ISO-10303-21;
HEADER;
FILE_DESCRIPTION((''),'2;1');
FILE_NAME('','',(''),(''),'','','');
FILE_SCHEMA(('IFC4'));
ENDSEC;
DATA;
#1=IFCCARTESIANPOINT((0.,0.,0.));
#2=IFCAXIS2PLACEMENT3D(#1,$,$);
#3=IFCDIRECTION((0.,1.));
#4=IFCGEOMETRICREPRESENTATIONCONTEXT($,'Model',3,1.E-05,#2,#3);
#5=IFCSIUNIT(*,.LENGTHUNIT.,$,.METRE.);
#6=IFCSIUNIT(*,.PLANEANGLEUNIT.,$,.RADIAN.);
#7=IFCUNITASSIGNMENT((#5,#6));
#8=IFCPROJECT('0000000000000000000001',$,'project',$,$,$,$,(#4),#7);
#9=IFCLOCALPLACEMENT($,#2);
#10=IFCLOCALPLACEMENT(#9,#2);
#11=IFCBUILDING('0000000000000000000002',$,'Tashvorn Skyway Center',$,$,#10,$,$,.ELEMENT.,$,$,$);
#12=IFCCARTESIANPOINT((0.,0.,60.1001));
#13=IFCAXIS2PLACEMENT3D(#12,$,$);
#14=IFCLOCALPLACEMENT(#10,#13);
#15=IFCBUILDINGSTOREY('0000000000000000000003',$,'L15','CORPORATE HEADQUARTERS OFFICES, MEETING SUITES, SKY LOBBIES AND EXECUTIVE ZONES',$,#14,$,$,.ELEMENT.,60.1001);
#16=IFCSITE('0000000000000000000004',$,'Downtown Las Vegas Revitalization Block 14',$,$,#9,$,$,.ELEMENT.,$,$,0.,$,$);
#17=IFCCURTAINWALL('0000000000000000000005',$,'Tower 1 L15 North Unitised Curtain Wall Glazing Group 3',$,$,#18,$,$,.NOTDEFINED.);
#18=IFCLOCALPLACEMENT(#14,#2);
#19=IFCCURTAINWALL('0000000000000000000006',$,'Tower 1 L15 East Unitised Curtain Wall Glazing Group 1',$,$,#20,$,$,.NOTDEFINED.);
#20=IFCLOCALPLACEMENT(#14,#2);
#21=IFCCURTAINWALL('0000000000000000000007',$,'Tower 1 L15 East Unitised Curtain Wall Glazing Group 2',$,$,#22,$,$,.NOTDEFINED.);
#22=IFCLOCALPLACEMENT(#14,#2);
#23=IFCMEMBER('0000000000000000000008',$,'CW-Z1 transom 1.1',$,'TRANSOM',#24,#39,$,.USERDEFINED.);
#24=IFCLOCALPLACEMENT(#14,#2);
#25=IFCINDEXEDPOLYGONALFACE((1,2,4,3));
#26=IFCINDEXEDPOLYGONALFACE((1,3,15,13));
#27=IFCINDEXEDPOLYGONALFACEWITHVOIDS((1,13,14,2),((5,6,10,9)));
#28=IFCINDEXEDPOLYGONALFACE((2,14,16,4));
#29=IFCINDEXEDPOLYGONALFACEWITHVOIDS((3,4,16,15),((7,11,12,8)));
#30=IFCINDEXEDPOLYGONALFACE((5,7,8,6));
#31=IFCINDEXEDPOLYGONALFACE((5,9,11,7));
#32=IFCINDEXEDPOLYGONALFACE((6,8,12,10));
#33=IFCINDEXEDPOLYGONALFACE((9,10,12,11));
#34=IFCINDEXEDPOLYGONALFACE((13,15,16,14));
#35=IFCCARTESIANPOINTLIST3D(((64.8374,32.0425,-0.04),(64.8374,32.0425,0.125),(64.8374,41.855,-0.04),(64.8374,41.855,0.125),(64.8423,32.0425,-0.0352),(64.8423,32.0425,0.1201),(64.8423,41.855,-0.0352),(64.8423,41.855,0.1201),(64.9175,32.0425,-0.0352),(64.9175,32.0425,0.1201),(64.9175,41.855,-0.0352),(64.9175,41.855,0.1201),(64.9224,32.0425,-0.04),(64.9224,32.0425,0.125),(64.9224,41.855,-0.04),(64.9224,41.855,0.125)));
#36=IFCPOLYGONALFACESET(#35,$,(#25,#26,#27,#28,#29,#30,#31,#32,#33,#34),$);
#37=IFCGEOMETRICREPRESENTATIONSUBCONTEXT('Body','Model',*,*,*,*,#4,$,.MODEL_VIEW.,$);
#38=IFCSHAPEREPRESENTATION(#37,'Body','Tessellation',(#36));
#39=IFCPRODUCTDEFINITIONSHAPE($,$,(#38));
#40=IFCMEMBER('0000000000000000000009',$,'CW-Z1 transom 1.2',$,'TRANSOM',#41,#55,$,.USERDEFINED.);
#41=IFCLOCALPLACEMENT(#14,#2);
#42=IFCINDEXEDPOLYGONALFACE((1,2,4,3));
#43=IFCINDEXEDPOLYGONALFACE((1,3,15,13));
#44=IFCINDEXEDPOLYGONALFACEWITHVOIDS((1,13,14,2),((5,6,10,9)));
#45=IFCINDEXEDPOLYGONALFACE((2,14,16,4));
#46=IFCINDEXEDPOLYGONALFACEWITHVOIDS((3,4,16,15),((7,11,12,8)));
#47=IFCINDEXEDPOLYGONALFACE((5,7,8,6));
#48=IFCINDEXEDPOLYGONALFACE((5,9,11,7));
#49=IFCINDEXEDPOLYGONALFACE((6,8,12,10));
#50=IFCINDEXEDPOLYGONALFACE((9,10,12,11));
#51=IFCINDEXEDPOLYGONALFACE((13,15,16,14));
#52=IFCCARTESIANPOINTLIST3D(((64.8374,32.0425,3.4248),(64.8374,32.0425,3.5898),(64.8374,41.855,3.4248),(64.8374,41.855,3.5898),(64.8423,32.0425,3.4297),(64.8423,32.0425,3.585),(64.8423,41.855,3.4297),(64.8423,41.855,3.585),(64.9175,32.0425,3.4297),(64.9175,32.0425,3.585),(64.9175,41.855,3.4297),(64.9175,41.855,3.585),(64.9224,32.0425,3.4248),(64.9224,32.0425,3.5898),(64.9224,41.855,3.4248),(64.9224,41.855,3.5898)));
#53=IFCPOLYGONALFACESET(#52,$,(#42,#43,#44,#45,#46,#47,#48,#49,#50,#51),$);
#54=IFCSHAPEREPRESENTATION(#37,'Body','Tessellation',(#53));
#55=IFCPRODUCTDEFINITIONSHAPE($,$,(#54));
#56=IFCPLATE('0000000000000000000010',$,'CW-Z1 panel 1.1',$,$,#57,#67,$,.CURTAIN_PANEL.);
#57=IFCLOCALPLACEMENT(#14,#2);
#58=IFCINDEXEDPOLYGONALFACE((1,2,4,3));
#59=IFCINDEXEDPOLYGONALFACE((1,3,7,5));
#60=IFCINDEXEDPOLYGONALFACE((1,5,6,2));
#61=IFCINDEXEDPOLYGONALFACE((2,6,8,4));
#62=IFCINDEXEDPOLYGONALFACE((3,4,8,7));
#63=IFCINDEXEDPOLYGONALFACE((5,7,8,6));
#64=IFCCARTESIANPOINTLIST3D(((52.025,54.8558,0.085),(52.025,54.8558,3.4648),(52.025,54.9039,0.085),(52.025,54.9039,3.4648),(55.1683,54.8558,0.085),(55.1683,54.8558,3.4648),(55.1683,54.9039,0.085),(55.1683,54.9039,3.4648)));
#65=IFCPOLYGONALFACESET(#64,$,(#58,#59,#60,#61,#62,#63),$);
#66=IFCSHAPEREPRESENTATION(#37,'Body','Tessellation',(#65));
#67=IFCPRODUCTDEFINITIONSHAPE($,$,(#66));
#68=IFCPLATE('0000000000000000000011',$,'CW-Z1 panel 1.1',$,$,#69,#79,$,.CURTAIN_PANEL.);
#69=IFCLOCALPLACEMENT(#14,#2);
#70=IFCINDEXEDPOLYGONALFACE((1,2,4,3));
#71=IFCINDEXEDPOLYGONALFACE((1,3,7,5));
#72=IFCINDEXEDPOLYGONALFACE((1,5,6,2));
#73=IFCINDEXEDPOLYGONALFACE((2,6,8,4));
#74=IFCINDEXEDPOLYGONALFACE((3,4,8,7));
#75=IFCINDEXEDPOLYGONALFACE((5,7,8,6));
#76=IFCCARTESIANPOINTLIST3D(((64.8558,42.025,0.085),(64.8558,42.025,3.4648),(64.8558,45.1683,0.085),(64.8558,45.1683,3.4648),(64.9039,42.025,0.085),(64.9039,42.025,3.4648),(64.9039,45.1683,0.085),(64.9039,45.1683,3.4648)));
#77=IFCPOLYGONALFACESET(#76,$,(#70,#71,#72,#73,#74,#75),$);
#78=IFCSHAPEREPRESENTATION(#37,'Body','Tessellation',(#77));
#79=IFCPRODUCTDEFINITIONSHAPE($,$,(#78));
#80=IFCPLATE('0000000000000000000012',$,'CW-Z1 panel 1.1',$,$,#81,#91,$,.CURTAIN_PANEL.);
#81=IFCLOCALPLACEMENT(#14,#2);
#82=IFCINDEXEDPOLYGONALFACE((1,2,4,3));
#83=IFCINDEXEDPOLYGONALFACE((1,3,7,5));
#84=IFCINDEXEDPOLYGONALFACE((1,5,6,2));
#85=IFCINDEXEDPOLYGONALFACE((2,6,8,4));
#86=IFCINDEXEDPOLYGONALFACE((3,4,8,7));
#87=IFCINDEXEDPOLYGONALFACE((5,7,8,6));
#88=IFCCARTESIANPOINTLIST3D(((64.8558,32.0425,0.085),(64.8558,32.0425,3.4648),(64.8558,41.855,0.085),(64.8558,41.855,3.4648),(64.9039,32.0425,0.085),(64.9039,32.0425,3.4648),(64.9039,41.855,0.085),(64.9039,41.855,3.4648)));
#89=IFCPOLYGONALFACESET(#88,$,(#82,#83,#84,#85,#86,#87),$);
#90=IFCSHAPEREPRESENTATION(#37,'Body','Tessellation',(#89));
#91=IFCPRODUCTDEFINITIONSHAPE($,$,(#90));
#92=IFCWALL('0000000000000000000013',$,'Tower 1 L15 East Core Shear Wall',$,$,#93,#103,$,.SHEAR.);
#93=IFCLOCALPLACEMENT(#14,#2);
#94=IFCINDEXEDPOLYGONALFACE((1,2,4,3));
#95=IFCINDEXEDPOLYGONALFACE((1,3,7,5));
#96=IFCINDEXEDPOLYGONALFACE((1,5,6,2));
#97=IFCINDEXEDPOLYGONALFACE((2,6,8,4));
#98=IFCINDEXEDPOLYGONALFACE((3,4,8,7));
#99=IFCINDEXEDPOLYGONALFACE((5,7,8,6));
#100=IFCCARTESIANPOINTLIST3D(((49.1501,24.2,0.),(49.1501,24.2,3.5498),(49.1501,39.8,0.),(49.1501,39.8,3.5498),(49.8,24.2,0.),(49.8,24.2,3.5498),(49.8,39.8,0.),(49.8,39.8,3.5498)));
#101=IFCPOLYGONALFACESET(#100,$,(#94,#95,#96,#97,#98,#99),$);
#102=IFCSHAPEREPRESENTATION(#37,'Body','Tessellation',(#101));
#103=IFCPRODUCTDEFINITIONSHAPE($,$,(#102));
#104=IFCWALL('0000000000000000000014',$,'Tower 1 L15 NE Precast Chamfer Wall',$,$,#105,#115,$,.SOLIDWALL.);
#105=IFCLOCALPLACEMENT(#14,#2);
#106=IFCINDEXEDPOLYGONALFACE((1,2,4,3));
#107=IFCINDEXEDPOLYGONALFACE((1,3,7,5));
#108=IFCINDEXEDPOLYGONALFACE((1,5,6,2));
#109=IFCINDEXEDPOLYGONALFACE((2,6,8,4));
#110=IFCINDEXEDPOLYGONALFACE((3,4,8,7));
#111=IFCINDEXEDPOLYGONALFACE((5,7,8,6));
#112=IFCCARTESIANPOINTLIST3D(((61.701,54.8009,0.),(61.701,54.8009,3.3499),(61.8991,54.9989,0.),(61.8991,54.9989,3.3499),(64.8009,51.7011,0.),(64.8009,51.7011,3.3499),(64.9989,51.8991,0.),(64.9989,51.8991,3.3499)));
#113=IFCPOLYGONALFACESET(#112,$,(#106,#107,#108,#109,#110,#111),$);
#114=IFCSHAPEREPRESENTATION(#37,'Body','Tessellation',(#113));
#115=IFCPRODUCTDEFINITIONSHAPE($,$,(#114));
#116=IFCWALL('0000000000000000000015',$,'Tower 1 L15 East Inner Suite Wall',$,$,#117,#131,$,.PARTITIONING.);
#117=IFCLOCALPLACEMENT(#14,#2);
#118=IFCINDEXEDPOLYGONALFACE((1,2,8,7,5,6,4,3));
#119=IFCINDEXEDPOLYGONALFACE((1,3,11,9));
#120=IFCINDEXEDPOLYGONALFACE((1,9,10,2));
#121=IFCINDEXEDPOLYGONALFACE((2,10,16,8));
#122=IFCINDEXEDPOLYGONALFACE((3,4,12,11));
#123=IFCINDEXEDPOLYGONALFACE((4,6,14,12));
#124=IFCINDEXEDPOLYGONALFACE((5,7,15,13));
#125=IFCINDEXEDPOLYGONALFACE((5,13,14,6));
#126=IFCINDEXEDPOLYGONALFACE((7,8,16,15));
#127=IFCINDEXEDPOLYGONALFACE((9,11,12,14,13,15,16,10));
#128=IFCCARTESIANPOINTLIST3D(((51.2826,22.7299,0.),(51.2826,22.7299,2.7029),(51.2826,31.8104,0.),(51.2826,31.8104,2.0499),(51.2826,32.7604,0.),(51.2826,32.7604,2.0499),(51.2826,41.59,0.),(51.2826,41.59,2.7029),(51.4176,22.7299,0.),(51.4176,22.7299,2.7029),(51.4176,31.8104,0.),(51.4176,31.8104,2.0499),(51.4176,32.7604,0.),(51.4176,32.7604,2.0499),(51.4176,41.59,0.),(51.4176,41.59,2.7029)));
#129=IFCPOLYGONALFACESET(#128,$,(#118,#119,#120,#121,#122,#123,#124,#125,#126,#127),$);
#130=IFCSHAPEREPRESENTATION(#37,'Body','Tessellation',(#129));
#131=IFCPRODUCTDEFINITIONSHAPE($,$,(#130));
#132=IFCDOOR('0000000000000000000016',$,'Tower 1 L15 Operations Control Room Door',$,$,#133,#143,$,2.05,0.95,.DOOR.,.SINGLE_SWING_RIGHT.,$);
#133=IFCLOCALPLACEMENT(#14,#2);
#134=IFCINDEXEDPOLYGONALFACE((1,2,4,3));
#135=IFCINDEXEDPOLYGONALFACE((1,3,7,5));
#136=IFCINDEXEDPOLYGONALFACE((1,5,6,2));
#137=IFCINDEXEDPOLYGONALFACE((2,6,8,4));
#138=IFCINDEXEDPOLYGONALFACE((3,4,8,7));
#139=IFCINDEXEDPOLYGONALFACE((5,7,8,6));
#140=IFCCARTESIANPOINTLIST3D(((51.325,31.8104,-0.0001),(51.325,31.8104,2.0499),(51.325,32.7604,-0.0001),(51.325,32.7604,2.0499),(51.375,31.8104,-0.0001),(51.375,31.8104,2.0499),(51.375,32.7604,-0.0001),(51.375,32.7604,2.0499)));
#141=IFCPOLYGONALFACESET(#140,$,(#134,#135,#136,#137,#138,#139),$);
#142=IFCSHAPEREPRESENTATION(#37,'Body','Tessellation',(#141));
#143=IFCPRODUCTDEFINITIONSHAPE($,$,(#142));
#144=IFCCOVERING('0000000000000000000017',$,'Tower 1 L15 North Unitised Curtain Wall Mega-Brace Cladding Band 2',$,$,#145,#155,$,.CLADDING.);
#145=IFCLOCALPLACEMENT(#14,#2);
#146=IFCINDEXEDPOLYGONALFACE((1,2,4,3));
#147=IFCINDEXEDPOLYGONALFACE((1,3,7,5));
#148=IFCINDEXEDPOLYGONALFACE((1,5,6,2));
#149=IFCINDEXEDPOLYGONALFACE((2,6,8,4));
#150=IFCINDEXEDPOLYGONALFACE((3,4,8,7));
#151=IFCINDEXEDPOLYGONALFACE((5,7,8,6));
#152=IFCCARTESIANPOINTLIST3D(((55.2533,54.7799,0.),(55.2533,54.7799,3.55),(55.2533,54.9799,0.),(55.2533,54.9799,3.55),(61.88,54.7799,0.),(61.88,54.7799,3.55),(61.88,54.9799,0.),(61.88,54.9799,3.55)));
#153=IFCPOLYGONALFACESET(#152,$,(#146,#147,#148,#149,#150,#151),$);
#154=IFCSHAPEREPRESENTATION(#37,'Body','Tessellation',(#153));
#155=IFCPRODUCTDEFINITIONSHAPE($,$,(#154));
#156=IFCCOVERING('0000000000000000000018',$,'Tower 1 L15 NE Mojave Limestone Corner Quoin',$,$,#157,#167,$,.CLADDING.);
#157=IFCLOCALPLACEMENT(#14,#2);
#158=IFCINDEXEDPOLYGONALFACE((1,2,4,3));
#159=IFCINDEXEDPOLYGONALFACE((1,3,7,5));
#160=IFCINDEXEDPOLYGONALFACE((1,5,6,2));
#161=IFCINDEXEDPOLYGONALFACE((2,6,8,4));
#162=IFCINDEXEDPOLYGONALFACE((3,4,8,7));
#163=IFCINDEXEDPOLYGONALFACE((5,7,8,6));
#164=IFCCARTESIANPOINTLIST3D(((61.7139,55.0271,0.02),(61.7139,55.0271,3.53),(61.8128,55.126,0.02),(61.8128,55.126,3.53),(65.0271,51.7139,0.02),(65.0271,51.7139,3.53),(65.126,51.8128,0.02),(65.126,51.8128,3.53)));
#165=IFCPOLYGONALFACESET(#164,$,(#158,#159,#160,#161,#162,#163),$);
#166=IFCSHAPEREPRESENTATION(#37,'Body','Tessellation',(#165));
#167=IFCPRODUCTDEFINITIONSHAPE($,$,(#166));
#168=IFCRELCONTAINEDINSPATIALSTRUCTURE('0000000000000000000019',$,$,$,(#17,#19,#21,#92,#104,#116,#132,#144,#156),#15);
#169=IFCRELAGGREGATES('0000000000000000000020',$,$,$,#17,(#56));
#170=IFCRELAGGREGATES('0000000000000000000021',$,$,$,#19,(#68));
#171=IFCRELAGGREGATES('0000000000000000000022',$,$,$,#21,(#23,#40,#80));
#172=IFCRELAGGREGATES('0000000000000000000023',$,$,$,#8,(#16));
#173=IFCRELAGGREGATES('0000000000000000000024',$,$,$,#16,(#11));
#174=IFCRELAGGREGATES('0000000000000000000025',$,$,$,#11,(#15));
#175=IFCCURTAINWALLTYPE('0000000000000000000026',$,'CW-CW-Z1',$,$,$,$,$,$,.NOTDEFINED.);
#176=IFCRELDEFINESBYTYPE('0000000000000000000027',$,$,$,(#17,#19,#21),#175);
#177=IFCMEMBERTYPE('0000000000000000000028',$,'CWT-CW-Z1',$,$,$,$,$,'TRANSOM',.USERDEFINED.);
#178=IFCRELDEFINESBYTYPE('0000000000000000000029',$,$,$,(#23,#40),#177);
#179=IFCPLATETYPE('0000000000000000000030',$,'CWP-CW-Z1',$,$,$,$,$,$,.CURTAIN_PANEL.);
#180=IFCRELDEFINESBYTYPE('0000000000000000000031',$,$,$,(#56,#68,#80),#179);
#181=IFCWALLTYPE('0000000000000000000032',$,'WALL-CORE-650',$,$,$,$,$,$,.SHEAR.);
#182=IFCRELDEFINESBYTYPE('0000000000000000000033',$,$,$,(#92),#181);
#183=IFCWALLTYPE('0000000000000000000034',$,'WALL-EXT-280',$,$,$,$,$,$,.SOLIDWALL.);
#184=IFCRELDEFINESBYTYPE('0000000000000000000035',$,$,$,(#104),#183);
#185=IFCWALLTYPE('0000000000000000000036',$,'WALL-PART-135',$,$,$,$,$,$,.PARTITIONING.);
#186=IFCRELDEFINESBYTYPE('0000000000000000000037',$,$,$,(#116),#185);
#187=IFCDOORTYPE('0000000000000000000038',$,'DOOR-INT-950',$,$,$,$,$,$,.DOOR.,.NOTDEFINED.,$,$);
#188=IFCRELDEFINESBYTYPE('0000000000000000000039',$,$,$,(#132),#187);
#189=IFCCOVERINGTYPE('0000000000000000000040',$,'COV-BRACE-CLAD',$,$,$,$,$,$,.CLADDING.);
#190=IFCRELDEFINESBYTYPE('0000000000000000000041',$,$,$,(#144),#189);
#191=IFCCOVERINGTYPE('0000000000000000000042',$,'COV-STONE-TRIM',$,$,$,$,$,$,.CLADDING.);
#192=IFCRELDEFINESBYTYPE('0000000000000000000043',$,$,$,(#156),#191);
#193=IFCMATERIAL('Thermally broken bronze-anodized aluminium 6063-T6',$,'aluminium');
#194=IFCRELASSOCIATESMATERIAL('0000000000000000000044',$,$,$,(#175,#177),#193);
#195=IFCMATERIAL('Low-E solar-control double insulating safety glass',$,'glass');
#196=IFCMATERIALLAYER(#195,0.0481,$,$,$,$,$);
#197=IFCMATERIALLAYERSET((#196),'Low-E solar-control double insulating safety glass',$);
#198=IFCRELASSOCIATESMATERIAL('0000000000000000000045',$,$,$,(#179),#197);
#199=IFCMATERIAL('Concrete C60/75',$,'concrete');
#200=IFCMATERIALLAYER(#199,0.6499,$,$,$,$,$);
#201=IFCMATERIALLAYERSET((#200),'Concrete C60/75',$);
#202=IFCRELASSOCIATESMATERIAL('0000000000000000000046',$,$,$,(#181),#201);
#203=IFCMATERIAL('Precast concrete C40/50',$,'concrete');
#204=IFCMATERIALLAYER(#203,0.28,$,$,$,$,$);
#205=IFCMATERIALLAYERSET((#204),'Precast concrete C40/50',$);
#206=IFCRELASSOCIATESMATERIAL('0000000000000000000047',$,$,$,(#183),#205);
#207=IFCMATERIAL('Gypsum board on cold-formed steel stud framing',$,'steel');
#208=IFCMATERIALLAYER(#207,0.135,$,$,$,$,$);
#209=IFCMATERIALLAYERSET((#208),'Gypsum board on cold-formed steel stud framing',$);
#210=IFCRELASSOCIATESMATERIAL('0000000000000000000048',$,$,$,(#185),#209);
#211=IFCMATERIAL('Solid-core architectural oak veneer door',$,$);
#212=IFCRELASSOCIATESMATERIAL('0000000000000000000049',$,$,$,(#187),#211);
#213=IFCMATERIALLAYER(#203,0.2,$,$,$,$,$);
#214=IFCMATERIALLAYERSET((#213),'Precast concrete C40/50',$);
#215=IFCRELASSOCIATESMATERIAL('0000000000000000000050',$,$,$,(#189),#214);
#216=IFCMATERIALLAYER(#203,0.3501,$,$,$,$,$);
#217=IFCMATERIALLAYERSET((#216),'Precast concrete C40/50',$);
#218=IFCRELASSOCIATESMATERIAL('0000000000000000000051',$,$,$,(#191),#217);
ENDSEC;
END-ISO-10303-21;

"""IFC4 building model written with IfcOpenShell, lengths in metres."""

from ifc_helpers import new_model, si_unit, direction, frame, frame_2d, origin, origin_2d, place, context, subcontext, project, spatial, rectangle, hollow_rectangle, extrude, material, layer, layer_set, material_profile, profile_set, type_object, element, fill, aggregate, save


model = new_model("IFC4")

# Units and contexts
model_context = context("Model", 3, precision=1e-05, world=origin(), true_north=direction((0.0, 1.0)))
body_context = subcontext(model_context, "Body", "Model", "MODEL_VIEW")
ifc_project = project(units=[si_unit("LENGTHUNIT", "METRE"), si_unit("PLANEANGLEUNIT", "RADIAN")], contexts=[model_context])

# Site, building, storey
site_placement = place(None, origin())
site = spatial("IfcSite", under=ifc_project, at=site_placement, Name="Downtown Las Vegas Revitalization Block 14", CompositionType="ELEMENT", RefElevation=0.0)
building_placement = place(site_placement, origin())
building = spatial("IfcBuilding", under=site, at=building_placement, Name="Tashvorn Skyway Center", CompositionType="ELEMENT")
storey_placement = place(building_placement, frame((0.0, 0.0, 60.1001)))
storey = spatial("IfcBuildingStorey", under=building, at=storey_placement, Name="L15", Description="CORPORATE HEADQUARTERS OFFICES, MEETING SUITES, SKY LOBBIES AND EXECUTIVE ZONES", CompositionType="ELEMENT", Elevation=60.1001)

# Shared definitions
ifc_material_1 = material(Name="Thermally broken bronze-anodized aluminium 6063-T6", Category="aluminium")
curtain_wall_type = type_object("IfcCurtainWallType", Name="CW-CW-Z1", PredefinedType="NOTDEFINED", material=ifc_material_1)

# Curtain walls
curtain_wall_1_placement = place(storey_placement, origin())
curtain_wall_1 = element("IfcCurtainWall", 1, at=curtain_wall_1_placement, inside=storey, type_object=curtain_wall_type, Name="Tower 1 L15 North Unitised Curtain Wall Glazing Group 3", PredefinedType="NOTDEFINED")
curtain_wall_2_placement = place(storey_placement, origin())
curtain_wall_2 = element("IfcCurtainWall", 2, at=curtain_wall_2_placement, inside=storey, type_object=curtain_wall_type, Name="Tower 1 L15 East Unitised Curtain Wall Glazing Group 1", PredefinedType="NOTDEFINED")
curtain_wall_3_placement = place(storey_placement, origin())
curtain_wall_3 = element("IfcCurtainWall", 3, at=curtain_wall_3_placement, inside=storey, type_object=curtain_wall_type, Name="Tower 1 L15 East Unitised Curtain Wall Glazing Group 2", PredefinedType="NOTDEFINED")

# Members
ifc_material_profile_1 = material_profile(ifc_material_1, hollow_rectangle(XDim=0.085, YDim=0.165, WallThickness=0.0049, at=origin_2d()), Name="ALU-TRAN-85x165")
ifc_profile_set_1 = profile_set([ifc_material_profile_1], Name="Thermally broken bronze-anodized aluminium 6063-T6")
member_type_1 = type_object("IfcMemberType", Name="CWT-CW-Z1", ElementType="TRANSOM", PredefinedType="USERDEFINED", material=ifc_profile_set_1)
member_1_placement = place(storey_placement, frame((64.8799, 41.855, 0.0425), z_axis=(0.0, -1.0, 0.0), x_axis=(1.0, 0.0, 0.0)))
member_1 = element("IfcMember", 4, at=member_1_placement, type_object=member_type_1, Name="CW-Z1 transom 1.1", ObjectType="TRANSOM", PredefinedType="USERDEFINED", context=body_context, shape_type="SweptSolid", body=[
    extrude(hollow_rectangle(XDim=0.085, YDim=0.165, WallThickness=0.0049, at=origin_2d()), origin(), (0.0, 0.0, 1.0), 9.8125),
])
member_2_placement = place(storey_placement, frame((64.8799, 41.855, 3.5073), z_axis=(0.0, -1.0, 0.0), x_axis=(1.0, 0.0, 0.0)))
member_2 = element("IfcMember", 5, at=member_2_placement, type_object=member_type_1, Name="CW-Z1 transom 1.2", ObjectType="TRANSOM", PredefinedType="USERDEFINED", context=body_context, shape_type="SweptSolid", body=[
    extrude(hollow_rectangle(XDim=0.085, YDim=0.165, WallThickness=0.0049, at=origin_2d()), origin(), (0.0, 0.0, 1.0), 9.8125),
])

# Plates
ifc_material_2 = material(Name="Low-E solar-control double insulating safety glass", Category="glass")
ifc_layer_1 = layer(ifc_material_2, 0.0481)
ifc_layer_set_1 = layer_set([ifc_layer_1], Name="Low-E solar-control double insulating safety glass")
plate_type = type_object("IfcPlateType", Name="CWP-CW-Z1", PredefinedType="CURTAIN_PANEL", material=ifc_layer_set_1)
plate_1_placement = place(storey_placement, frame((53.5967, 54.8799, 0.085), z_axis=(0.0, 0.0, 1.0), x_axis=(1.0, 0.0, 0.0)))
plate_1 = element("IfcPlate", 6, at=plate_1_placement, type_object=plate_type, Name="CW-Z1 panel 1.1", PredefinedType="CURTAIN_PANEL", context=body_context, shape_type="SweptSolid", body=[
    extrude(rectangle(XDim=3.1433, YDim=0.0481, at=origin_2d()), origin(), (0.0, 0.0, 1.0), 3.3799),
])
aggregate(curtain_wall_1, [plate_1])
plate_2_placement = place(storey_placement, frame((64.8799, 43.5967, 0.085), z_axis=(0.0, 0.0, 1.0), x_axis=(0.0, -1.0, 0.0)))
plate_2 = element("IfcPlate", 7, at=plate_2_placement, type_object=plate_type, Name="CW-Z1 panel 1.1", PredefinedType="CURTAIN_PANEL", context=body_context, shape_type="SweptSolid", body=[
    extrude(rectangle(XDim=3.1433, YDim=0.0481, at=origin_2d()), origin(), (0.0, 0.0, 1.0), 3.3799),
])
aggregate(curtain_wall_2, [plate_2])
plate_3_placement = place(storey_placement, frame((64.8799, 36.9487, 0.085), z_axis=(0.0, 0.0, 1.0), x_axis=(0.0, -1.0, 0.0)))
plate_3 = element("IfcPlate", 8, at=plate_3_placement, type_object=plate_type, Name="CW-Z1 panel 1.1", PredefinedType="CURTAIN_PANEL", context=body_context, shape_type="SweptSolid", body=[
    extrude(rectangle(XDim=9.8125, YDim=0.0481, at=origin_2d()), origin(), (0.0, 0.0, 1.0), 3.3799),
])
aggregate(curtain_wall_3, [member_1, member_2, plate_3])

# Walls
ifc_material_3 = material(Name="Concrete C60/75", Category="concrete")
ifc_layer_2 = layer(ifc_material_3, 0.6499)
ifc_layer_set_2 = layer_set([ifc_layer_2], Name="Concrete C60/75")
wall_type_1 = type_object("IfcWallType", Name="WALL-CORE-650", PredefinedType="SHEAR", material=ifc_layer_set_2)
wall_1_placement = place(storey_placement, frame((49.4751, 39.8, 0.0), z_axis=(0.0, 0.0, 1.0), x_axis=(0.0, -1.0, 0.0)))
element("IfcWall", 9, at=wall_1_placement, inside=storey, type_object=wall_type_1, Name="Tower 1 L15 East Core Shear Wall", PredefinedType="SHEAR", context=body_context, shape_type="SweptSolid", body=[
    extrude(rectangle(XDim=15.6001, YDim=0.6499, at=frame_2d((7.8, 0.0))), origin(), (0.0, 0.0, 1.0), 3.5498),
])
ifc_material_4 = material(Name="Precast concrete C40/50", Category="concrete")
ifc_layer_3 = layer(ifc_material_4, 0.28)
ifc_layer_set_3 = layer_set([ifc_layer_3], Name="Precast concrete C40/50")
wall_type_2 = type_object("IfcWallType", Name="WALL-EXT-280", PredefinedType="SOLIDWALL", material=ifc_layer_set_3)
wall_2_placement = place(storey_placement, frame((61.8, 54.8999, 0.0), z_axis=(0.0, 0.0, 1.0), x_axis=(0.707107, -0.707107, 0.0)))
element("IfcWall", 10, at=wall_2_placement, inside=storey, type_object=wall_type_2, Name="Tower 1 L15 NE Precast Chamfer Wall", PredefinedType="SOLIDWALL", context=body_context, shape_type="SweptSolid", body=[
    extrude(rectangle(XDim=4.3838, YDim=0.28, at=frame_2d((2.1919, 0.0))), origin(), (0.0, 0.0, 1.0), 3.3499),
])

# Wall, opening, door
ifc_material_5 = material(Name="Gypsum board on cold-formed steel stud framing", Category="steel")
ifc_layer_4 = layer(ifc_material_5, 0.135)
ifc_layer_set_4 = layer_set([ifc_layer_4], Name="Gypsum board on cold-formed steel stud framing")
wall_type_3 = type_object("IfcWallType", Name="WALL-PART-135", PredefinedType="PARTITIONING", material=ifc_layer_set_4)
wall_3_placement = place(storey_placement, frame((51.3501, 41.5901, 0.0), z_axis=(0.0, 0.0, 1.0), x_axis=(0.0, -1.0, 0.0)))
wall_3 = element("IfcWall", 11, at=wall_3_placement, inside=storey, type_object=wall_type_3, Name="Tower 1 L15 East Inner Suite Wall", PredefinedType="PARTITIONING", context=body_context, shape_type="SweptSolid", body=[
    extrude(rectangle(XDim=18.8601, YDim=0.135, at=frame_2d((9.4302, 0.0))), origin(), (0.0, 0.0, 1.0), 2.7029),
])
opening_placement = place(wall_3_placement, frame((8.8296, 0.0, 0.0)))
opening = element("IfcOpeningElement", 12, at=opening_placement, cuts=wall_3, PredefinedType="OPENING", context=body_context, shape_type="SweptSolid", body=[
    extrude(rectangle(XDim=0.95, YDim=2.05, at=frame_2d((0.4751, 1.0249))), frame((0.0, 0.0774, 0.0), z_axis=(0.0, -1.0, 0.0), x_axis=(1.0, 0.0, 0.0)), (0.0, 0.0, 1.0), 0.155),
])
ifc_material_6 = material(Name="Solid-core architectural oak veneer door")
door_type = type_object("IfcDoorType", Name="DOOR-INT-950", OperationType="NOTDEFINED", PredefinedType="DOOR", material=ifc_material_6)
door_placement = place(opening_placement, origin())
door = element("IfcDoor", 13, at=door_placement, inside=storey, type_object=door_type, Name="Tower 1 L15 Operations Control Room Door", OperationType="SINGLE_SWING_RIGHT", OverallHeight=2.05, OverallWidth=0.95, PredefinedType="DOOR", context=body_context, shape_type="SweptSolid", body=[
    extrude(rectangle(XDim=0.95, YDim=2.05, at=frame_2d((0.4751, 1.0249))), frame((0.0, 0.0249, 0.0), z_axis=(0.0, -1.0, 0.0), x_axis=(1.0, 0.0, 0.0)), (0.0, 0.0, 1.0), 0.05),
])
fill(opening, door)

# Coverings
ifc_layer_5 = layer(ifc_material_4, 0.2)
ifc_layer_set_5 = layer_set([ifc_layer_5], Name="Precast concrete C40/50")
covering_type_1 = type_object("IfcCoveringType", Name="COV-BRACE-CLAD", PredefinedType="CLADDING", material=ifc_layer_set_5)
covering_1_placement = place(storey_placement, frame((58.5667, 54.8799, 0.0), z_axis=(0.0, 0.0, 1.0), x_axis=(1.0, 0.0, 0.0)))
element("IfcCovering", 14, at=covering_1_placement, inside=storey, type_object=covering_type_1, Name="Tower 1 L15 North Unitised Curtain Wall Mega-Brace Cladding Band 2", PredefinedType="CLADDING", context=body_context, shape_type="SweptSolid", body=[
    extrude(rectangle(XDim=6.6267, YDim=0.2, at=origin_2d()), origin(), (0.0, 0.0, 1.0), 3.55),
])
ifc_layer_6 = layer(ifc_material_4, 0.3501)
ifc_layer_set_6 = layer_set([ifc_layer_6], Name="Precast concrete C40/50")
covering_type_2 = type_object("IfcCoveringType", Name="COV-STONE-TRIM", PredefinedType="CLADDING", material=ifc_layer_set_6)
covering_2_placement = place(storey_placement, frame((63.4199, 53.4199, 0.02), z_axis=(0.0, 0.0, 1.0), x_axis=(0.707107, -0.707107, 0.0)))
element("IfcCovering", 15, at=covering_2_placement, inside=storey, type_object=covering_type_2, Name="Tower 1 L15 NE Mojave Limestone Corner Quoin", PredefinedType="CLADDING", context=body_context, shape_type="SweptSolid", body=[
    extrude(rectangle(XDim=4.6855, YDim=0.1399, at=origin_2d()), origin(), (0.0, 0.0, 1.0), 3.51),
])

save(model, "model.ifc")
